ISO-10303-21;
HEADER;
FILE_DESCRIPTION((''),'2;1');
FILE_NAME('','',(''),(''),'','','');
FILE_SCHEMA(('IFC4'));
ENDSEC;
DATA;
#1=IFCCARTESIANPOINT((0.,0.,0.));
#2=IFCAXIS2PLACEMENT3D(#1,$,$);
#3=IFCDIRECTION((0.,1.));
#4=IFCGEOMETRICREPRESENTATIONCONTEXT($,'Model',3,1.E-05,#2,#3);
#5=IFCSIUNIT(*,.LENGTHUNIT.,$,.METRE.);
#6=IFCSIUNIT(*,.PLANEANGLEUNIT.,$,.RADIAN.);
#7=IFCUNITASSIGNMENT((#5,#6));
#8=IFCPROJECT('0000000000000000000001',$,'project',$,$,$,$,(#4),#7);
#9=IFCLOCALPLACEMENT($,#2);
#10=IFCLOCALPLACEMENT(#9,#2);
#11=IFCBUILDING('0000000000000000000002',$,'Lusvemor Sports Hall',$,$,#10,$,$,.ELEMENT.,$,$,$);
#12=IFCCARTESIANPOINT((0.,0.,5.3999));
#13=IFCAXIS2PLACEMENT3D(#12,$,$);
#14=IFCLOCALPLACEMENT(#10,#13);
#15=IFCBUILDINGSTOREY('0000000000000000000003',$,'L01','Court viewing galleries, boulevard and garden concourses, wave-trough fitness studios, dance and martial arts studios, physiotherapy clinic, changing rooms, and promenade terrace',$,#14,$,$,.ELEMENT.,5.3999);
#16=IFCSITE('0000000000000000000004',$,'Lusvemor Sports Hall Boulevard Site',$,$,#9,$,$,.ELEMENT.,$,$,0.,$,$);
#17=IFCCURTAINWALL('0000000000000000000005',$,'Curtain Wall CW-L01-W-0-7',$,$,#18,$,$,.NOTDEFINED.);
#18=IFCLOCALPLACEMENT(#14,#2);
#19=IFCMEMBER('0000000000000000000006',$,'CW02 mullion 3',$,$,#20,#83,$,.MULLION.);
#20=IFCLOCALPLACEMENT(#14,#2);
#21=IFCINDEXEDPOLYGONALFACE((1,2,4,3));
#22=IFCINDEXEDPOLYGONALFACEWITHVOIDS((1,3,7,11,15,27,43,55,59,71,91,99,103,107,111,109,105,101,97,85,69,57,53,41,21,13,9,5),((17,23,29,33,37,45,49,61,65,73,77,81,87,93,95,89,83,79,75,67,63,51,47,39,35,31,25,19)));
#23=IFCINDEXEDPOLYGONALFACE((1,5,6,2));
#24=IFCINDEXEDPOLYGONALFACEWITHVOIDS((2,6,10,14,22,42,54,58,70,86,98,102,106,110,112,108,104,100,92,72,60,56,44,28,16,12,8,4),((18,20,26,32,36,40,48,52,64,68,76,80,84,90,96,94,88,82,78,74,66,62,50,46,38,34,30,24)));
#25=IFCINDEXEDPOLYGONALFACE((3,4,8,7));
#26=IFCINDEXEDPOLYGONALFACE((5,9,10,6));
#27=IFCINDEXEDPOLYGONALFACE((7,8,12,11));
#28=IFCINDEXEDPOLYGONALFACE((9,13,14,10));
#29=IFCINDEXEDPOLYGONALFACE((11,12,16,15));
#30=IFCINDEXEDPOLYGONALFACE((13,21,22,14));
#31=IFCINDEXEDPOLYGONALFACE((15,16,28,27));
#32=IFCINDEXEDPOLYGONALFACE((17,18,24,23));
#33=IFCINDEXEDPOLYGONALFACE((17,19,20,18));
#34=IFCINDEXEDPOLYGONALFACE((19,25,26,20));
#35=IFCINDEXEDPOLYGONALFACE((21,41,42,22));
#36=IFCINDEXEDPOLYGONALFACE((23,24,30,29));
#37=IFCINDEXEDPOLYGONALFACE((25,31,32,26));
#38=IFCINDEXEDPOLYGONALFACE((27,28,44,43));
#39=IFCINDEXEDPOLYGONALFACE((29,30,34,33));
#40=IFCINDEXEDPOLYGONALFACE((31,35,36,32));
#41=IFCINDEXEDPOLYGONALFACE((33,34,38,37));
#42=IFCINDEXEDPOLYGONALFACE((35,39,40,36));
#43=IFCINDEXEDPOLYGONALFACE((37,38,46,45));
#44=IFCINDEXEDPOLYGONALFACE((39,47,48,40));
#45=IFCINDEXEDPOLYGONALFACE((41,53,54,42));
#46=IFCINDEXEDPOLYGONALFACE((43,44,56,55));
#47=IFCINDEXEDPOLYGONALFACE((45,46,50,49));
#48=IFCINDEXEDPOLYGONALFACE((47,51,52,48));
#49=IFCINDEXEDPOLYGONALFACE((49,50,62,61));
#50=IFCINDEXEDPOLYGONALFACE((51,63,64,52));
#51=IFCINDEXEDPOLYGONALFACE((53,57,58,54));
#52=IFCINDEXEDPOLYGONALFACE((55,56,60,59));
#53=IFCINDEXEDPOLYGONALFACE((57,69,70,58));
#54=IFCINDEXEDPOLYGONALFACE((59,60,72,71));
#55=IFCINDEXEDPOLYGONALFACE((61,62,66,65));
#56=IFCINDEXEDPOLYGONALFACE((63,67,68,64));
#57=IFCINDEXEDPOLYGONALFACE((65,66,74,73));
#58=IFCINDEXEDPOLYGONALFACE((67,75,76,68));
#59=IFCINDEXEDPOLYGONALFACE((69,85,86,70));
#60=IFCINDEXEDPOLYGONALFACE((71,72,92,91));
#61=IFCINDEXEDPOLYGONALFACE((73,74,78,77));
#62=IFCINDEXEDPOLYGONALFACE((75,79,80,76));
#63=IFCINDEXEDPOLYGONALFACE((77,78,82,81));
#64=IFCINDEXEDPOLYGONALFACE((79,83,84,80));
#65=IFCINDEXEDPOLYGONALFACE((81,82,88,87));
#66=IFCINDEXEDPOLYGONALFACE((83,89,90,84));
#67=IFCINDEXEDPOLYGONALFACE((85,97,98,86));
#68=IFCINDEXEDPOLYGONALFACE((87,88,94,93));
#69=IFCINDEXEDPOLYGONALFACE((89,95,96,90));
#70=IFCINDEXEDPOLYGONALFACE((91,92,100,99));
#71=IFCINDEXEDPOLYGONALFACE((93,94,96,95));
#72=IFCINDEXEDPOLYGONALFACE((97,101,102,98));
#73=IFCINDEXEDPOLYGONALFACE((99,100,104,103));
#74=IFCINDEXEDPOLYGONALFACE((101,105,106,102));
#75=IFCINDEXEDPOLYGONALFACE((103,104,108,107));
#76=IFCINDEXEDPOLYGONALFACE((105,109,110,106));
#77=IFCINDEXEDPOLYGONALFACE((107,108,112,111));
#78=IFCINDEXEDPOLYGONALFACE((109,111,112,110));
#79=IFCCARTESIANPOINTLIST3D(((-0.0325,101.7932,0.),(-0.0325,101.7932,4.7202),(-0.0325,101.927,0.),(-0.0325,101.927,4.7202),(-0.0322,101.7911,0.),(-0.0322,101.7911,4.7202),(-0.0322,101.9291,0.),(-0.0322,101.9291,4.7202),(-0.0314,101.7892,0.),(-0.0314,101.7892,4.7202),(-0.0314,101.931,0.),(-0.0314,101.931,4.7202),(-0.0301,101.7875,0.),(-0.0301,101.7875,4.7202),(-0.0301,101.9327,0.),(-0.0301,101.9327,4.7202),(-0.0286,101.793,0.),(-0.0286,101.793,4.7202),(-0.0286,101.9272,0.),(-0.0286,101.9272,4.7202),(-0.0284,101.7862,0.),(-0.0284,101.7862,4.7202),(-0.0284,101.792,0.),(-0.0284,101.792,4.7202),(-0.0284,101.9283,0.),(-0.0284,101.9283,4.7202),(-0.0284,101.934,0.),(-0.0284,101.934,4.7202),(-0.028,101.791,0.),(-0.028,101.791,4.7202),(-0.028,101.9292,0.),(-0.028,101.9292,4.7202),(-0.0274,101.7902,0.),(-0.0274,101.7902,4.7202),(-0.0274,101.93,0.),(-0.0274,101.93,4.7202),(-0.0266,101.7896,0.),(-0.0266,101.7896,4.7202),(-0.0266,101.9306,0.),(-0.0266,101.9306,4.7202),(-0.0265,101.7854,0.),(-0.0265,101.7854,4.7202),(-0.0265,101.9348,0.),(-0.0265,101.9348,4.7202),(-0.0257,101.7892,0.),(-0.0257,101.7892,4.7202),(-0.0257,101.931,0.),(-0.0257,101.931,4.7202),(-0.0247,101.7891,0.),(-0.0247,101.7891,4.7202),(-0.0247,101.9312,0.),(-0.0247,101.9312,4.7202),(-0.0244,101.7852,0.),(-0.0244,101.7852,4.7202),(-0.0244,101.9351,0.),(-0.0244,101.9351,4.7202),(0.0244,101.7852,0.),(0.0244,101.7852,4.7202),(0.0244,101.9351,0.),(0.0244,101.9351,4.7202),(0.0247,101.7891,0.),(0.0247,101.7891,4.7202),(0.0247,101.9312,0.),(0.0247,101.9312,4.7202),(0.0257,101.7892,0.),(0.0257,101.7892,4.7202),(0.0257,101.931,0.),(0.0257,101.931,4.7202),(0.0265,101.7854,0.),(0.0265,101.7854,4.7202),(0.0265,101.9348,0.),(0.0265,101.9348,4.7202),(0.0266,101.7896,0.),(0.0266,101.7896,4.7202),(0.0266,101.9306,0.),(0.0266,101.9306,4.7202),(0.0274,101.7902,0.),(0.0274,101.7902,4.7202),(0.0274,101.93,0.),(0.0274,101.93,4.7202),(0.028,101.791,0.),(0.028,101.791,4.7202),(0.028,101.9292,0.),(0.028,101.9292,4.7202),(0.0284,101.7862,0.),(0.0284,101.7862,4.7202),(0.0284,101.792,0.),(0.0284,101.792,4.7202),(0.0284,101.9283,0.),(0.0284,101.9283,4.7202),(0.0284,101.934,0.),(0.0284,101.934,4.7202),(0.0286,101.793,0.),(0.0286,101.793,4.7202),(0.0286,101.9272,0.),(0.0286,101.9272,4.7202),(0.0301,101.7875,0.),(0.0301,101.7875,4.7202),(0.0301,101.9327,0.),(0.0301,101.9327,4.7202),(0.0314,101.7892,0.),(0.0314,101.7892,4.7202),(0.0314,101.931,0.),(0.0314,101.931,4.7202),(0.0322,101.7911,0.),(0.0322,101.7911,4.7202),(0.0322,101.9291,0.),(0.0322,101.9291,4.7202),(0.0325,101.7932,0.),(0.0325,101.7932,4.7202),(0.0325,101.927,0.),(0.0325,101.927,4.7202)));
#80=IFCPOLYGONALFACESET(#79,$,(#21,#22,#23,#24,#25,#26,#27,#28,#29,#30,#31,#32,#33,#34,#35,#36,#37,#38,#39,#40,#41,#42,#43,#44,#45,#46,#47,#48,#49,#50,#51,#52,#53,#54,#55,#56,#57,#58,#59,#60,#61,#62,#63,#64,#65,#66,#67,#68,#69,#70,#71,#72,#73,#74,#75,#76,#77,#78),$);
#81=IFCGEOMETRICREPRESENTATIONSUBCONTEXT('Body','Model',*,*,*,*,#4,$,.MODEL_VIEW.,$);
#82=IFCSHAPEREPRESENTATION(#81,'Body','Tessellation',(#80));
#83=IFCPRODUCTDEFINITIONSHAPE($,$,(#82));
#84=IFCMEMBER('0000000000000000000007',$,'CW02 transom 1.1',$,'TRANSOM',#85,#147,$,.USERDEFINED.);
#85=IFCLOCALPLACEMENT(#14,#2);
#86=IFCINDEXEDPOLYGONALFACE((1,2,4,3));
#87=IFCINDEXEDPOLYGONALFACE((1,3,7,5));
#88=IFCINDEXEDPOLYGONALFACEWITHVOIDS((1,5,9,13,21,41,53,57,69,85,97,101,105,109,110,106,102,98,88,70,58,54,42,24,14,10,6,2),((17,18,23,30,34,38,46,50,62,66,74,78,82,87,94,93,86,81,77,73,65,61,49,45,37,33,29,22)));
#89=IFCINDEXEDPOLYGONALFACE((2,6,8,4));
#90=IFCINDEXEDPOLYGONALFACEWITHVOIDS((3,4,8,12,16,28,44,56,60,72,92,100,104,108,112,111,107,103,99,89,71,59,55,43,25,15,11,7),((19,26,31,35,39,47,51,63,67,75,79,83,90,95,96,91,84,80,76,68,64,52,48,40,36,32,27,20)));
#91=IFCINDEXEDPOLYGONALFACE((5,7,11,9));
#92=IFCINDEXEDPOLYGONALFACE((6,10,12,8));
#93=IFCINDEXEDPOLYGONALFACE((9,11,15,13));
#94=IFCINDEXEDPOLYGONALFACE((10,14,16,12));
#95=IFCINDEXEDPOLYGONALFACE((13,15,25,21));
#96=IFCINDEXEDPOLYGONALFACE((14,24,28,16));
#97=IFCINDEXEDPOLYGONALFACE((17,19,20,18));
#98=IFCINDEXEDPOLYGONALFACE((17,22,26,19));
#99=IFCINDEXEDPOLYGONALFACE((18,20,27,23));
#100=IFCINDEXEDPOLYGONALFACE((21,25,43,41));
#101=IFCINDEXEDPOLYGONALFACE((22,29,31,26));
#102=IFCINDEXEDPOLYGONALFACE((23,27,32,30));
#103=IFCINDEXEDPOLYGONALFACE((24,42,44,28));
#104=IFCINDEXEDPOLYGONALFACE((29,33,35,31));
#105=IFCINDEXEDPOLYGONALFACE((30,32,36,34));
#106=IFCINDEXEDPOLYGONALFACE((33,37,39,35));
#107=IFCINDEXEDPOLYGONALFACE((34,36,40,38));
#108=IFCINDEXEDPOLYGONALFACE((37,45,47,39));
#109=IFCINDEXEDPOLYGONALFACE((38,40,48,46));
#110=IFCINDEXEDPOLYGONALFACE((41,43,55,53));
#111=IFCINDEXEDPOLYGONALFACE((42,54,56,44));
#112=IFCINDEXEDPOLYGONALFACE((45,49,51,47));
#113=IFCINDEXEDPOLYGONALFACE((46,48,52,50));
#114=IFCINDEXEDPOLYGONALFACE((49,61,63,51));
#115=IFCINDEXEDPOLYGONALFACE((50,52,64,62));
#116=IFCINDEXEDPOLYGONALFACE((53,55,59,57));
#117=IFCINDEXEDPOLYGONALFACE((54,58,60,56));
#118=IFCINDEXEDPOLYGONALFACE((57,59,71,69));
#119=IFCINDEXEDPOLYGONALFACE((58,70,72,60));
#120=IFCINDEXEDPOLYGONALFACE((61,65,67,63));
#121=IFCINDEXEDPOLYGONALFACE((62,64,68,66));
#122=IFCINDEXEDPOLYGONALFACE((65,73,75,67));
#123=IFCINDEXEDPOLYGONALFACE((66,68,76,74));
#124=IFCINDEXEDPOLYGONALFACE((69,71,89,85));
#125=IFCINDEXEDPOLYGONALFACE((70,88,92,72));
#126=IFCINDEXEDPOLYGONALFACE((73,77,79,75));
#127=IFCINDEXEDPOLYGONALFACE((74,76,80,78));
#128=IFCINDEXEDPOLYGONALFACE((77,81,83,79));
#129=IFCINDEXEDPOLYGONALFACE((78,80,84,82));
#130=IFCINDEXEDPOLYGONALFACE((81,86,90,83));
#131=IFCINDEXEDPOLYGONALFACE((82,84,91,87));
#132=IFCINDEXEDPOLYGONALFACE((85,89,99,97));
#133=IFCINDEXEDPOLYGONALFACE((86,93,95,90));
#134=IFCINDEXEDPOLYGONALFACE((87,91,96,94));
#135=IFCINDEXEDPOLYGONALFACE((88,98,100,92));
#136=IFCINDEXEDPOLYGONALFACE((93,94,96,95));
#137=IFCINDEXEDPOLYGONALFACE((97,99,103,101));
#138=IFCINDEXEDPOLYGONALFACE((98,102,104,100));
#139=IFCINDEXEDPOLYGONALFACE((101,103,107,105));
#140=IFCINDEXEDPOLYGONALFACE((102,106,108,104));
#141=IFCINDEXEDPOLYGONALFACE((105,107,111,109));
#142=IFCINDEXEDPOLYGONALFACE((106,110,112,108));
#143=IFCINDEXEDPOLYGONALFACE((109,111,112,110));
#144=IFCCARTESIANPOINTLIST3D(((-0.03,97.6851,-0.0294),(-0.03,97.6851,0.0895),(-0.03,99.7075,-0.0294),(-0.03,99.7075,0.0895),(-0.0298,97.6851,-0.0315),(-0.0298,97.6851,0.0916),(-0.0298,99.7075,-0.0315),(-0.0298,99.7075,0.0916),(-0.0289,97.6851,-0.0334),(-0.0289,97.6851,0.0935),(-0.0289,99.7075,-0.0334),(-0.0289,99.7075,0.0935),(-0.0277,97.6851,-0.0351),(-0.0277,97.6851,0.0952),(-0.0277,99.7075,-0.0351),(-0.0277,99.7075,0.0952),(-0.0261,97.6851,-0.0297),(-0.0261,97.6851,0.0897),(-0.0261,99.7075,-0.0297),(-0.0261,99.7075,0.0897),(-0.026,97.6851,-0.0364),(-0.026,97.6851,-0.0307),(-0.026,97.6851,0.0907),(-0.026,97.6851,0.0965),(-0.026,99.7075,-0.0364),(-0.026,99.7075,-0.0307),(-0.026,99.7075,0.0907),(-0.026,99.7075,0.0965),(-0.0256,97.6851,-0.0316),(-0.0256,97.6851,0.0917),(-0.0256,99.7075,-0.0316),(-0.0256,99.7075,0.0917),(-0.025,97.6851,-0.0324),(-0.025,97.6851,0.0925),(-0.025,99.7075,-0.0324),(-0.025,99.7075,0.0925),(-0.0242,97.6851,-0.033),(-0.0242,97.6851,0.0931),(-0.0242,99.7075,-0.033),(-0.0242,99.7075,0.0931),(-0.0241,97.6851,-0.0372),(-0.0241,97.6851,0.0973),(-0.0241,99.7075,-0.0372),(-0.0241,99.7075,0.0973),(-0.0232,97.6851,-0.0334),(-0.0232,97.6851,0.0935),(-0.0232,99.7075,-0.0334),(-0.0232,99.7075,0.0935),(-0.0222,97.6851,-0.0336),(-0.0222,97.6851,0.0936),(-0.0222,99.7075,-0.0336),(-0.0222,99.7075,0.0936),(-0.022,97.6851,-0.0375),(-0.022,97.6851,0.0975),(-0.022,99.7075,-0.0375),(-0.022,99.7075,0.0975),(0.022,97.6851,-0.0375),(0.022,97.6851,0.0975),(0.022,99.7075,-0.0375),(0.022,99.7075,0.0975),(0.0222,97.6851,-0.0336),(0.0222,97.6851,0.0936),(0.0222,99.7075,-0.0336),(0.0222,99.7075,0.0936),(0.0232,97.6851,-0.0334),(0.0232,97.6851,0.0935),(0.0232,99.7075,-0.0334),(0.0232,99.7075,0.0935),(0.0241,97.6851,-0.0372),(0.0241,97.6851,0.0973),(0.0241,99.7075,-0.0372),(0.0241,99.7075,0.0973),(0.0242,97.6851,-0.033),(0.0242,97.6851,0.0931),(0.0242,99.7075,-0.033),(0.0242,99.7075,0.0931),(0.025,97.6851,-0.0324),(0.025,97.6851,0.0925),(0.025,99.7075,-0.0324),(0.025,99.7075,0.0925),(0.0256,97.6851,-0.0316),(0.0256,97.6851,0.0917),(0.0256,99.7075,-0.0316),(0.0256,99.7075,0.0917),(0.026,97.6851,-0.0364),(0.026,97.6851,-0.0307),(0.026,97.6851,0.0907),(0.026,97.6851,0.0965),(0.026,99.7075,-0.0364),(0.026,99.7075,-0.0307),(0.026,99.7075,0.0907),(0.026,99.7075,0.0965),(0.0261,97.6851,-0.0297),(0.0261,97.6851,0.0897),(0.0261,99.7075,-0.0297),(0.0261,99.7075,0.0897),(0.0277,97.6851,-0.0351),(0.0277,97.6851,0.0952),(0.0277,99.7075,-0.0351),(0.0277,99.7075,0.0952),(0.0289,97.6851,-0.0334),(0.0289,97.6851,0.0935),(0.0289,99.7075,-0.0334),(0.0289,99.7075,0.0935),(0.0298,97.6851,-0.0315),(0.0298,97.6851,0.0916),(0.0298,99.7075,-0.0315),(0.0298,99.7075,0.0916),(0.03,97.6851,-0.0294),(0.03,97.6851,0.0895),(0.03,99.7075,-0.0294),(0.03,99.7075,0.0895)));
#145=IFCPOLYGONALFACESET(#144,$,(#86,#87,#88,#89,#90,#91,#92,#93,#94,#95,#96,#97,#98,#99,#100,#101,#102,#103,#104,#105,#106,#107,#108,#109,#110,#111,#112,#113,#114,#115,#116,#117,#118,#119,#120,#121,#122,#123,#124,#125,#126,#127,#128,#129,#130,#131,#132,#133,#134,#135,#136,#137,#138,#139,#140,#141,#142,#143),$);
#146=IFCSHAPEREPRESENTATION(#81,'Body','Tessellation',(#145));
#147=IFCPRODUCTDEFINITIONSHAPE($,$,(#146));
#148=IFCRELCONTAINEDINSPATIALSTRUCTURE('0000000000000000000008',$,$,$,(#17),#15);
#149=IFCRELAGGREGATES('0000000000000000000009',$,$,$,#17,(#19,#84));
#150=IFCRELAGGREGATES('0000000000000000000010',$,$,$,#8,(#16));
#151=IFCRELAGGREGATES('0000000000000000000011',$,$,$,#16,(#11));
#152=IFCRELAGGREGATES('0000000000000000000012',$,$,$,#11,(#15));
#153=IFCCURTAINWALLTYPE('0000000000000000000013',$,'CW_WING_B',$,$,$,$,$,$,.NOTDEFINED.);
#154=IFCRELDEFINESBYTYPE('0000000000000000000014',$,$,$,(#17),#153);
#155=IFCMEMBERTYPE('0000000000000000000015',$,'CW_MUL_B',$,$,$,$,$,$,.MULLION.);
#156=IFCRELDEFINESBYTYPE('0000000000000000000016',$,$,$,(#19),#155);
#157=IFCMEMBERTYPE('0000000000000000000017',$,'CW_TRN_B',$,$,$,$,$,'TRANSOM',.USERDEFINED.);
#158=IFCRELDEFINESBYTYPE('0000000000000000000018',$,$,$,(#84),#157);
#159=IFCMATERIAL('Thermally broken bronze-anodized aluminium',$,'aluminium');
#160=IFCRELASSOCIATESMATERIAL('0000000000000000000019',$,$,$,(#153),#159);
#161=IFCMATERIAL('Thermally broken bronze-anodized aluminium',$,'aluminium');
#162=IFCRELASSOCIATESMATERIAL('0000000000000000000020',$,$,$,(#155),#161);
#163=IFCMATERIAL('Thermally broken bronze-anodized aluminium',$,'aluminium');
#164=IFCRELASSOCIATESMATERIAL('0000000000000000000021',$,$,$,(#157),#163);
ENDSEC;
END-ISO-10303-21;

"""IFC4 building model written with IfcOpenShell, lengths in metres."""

from ifc_helpers import new_model, si_unit, direction, frame, origin, origin_2d, place, context, subcontext, project, spatial, hollow_rectangle, extrude, material, material_profile, profile_set, type_object, element, aggregate, save


model = new_model("IFC4")

# Units and contexts
model_context = context("Model", 3, precision=1e-05, world=origin(), true_north=direction((0.0, 1.0)))
body_context = subcontext(model_context, "Body", "Model", "MODEL_VIEW")
ifc_project = project(units=[si_unit("LENGTHUNIT", "METRE"), si_unit("PLANEANGLEUNIT", "RADIAN")], contexts=[model_context])

# Site, building, storey
site_placement = place(None, origin())
site = spatial("IfcSite", under=ifc_project, at=site_placement, Name="Lusvemor Sports Hall Boulevard Site", CompositionType="ELEMENT", RefElevation=0.0)
building_placement = place(site_placement, origin())
building = spatial("IfcBuilding", under=site, at=building_placement, Name="Lusvemor Sports Hall", CompositionType="ELEMENT")
storey_placement = place(building_placement, frame((0.0, 0.0, 5.3999)))
storey = spatial("IfcBuildingStorey", under=building, at=storey_placement, Name="L01", Description="Court viewing galleries, boulevard and garden concourses, wave-trough fitness studios, dance and martial arts studios, physiotherapy clinic, changing rooms, and promenade terrace", CompositionType="ELEMENT", Elevation=5.3999)

# Curtain wall, members
ifc_material_1 = material(Name="Thermally broken bronze-anodized aluminium", Category="aluminium")
curtain_wall_type = type_object("IfcCurtainWallType", Name="CW_WING_B", PredefinedType="NOTDEFINED", material=ifc_material_1)
curtain_wall_placement = place(storey_placement, origin())
curtain_wall = element("IfcCurtainWall", 1, at=curtain_wall_placement, inside=storey, type_object=curtain_wall_type, Name="Curtain Wall CW-L01-W-0-7", PredefinedType="NOTDEFINED")
ifc_material_2 = material(Name="Thermally broken bronze-anodized aluminium", Category="aluminium")
ifc_material_profile_1 = material_profile(ifc_material_2, hollow_rectangle(XDim=0.0649, YDim=0.1499, WallThickness=0.0039, InnerFilletRadius=0.0039, OuterFilletRadius=0.0081, at=origin_2d()), Name="CWMUL150x65x4")
ifc_profile_set_1 = profile_set([ifc_material_profile_1], Name="Thermally broken bronze-anodized aluminium")
member_type_1 = type_object("IfcMemberType", Name="CW_MUL_B", PredefinedType="MULLION", material=ifc_profile_set_1)
member_1_placement = place(storey_placement, frame((0.0, 101.8601, 0.0), z_axis=(0.0, 0.0, 1.0), x_axis=(-1.0, 0.0, 0.0)))
member_1 = element("IfcMember", 2, at=member_1_placement, type_object=member_type_1, Name="CW02 mullion 3", PredefinedType="MULLION", context=body_context, shape_type="SweptSolid", body=[
    extrude(hollow_rectangle(XDim=0.0649, YDim=0.1499, WallThickness=0.0039, InnerFilletRadius=0.0039, OuterFilletRadius=0.0081, at=origin_2d()), origin(), (0.0, 0.0, 1.0), 4.7202),
])
ifc_material_3 = material(Name="Thermally broken bronze-anodized aluminium", Category="aluminium")
ifc_material_profile_2 = material_profile(ifc_material_3, hollow_rectangle(XDim=0.0601, YDim=0.135, WallThickness=0.0039, InnerFilletRadius=0.0039, OuterFilletRadius=0.0081, at=origin_2d()), Name="CWTRN135x60x4")
ifc_profile_set_2 = profile_set([ifc_material_profile_2], Name="Thermally broken bronze-anodized aluminium")
member_type_2 = type_object("IfcMemberType", Name="CW_TRN_B", ElementType="TRANSOM", PredefinedType="USERDEFINED", material=ifc_profile_set_2)
member_2_placement = place(storey_placement, frame((0.0, 97.6851, 0.03), z_axis=(0.0, 1.0, 0.0), x_axis=(-1.0, 0.0, 0.0)))
member_2 = element("IfcMember", 3, at=member_2_placement, type_object=member_type_2, Name="CW02 transom 1.1", ObjectType="TRANSOM", PredefinedType="USERDEFINED", context=body_context, shape_type="SweptSolid", body=[
    extrude(hollow_rectangle(XDim=0.0601, YDim=0.135, WallThickness=0.0039, InnerFilletRadius=0.0039, OuterFilletRadius=0.0081, at=origin_2d()), origin(), (0.0, 0.0, 1.0), 2.0225),
])

aggregate(curtain_wall, [member_1, member_2])

save(model, "model.ifc")
